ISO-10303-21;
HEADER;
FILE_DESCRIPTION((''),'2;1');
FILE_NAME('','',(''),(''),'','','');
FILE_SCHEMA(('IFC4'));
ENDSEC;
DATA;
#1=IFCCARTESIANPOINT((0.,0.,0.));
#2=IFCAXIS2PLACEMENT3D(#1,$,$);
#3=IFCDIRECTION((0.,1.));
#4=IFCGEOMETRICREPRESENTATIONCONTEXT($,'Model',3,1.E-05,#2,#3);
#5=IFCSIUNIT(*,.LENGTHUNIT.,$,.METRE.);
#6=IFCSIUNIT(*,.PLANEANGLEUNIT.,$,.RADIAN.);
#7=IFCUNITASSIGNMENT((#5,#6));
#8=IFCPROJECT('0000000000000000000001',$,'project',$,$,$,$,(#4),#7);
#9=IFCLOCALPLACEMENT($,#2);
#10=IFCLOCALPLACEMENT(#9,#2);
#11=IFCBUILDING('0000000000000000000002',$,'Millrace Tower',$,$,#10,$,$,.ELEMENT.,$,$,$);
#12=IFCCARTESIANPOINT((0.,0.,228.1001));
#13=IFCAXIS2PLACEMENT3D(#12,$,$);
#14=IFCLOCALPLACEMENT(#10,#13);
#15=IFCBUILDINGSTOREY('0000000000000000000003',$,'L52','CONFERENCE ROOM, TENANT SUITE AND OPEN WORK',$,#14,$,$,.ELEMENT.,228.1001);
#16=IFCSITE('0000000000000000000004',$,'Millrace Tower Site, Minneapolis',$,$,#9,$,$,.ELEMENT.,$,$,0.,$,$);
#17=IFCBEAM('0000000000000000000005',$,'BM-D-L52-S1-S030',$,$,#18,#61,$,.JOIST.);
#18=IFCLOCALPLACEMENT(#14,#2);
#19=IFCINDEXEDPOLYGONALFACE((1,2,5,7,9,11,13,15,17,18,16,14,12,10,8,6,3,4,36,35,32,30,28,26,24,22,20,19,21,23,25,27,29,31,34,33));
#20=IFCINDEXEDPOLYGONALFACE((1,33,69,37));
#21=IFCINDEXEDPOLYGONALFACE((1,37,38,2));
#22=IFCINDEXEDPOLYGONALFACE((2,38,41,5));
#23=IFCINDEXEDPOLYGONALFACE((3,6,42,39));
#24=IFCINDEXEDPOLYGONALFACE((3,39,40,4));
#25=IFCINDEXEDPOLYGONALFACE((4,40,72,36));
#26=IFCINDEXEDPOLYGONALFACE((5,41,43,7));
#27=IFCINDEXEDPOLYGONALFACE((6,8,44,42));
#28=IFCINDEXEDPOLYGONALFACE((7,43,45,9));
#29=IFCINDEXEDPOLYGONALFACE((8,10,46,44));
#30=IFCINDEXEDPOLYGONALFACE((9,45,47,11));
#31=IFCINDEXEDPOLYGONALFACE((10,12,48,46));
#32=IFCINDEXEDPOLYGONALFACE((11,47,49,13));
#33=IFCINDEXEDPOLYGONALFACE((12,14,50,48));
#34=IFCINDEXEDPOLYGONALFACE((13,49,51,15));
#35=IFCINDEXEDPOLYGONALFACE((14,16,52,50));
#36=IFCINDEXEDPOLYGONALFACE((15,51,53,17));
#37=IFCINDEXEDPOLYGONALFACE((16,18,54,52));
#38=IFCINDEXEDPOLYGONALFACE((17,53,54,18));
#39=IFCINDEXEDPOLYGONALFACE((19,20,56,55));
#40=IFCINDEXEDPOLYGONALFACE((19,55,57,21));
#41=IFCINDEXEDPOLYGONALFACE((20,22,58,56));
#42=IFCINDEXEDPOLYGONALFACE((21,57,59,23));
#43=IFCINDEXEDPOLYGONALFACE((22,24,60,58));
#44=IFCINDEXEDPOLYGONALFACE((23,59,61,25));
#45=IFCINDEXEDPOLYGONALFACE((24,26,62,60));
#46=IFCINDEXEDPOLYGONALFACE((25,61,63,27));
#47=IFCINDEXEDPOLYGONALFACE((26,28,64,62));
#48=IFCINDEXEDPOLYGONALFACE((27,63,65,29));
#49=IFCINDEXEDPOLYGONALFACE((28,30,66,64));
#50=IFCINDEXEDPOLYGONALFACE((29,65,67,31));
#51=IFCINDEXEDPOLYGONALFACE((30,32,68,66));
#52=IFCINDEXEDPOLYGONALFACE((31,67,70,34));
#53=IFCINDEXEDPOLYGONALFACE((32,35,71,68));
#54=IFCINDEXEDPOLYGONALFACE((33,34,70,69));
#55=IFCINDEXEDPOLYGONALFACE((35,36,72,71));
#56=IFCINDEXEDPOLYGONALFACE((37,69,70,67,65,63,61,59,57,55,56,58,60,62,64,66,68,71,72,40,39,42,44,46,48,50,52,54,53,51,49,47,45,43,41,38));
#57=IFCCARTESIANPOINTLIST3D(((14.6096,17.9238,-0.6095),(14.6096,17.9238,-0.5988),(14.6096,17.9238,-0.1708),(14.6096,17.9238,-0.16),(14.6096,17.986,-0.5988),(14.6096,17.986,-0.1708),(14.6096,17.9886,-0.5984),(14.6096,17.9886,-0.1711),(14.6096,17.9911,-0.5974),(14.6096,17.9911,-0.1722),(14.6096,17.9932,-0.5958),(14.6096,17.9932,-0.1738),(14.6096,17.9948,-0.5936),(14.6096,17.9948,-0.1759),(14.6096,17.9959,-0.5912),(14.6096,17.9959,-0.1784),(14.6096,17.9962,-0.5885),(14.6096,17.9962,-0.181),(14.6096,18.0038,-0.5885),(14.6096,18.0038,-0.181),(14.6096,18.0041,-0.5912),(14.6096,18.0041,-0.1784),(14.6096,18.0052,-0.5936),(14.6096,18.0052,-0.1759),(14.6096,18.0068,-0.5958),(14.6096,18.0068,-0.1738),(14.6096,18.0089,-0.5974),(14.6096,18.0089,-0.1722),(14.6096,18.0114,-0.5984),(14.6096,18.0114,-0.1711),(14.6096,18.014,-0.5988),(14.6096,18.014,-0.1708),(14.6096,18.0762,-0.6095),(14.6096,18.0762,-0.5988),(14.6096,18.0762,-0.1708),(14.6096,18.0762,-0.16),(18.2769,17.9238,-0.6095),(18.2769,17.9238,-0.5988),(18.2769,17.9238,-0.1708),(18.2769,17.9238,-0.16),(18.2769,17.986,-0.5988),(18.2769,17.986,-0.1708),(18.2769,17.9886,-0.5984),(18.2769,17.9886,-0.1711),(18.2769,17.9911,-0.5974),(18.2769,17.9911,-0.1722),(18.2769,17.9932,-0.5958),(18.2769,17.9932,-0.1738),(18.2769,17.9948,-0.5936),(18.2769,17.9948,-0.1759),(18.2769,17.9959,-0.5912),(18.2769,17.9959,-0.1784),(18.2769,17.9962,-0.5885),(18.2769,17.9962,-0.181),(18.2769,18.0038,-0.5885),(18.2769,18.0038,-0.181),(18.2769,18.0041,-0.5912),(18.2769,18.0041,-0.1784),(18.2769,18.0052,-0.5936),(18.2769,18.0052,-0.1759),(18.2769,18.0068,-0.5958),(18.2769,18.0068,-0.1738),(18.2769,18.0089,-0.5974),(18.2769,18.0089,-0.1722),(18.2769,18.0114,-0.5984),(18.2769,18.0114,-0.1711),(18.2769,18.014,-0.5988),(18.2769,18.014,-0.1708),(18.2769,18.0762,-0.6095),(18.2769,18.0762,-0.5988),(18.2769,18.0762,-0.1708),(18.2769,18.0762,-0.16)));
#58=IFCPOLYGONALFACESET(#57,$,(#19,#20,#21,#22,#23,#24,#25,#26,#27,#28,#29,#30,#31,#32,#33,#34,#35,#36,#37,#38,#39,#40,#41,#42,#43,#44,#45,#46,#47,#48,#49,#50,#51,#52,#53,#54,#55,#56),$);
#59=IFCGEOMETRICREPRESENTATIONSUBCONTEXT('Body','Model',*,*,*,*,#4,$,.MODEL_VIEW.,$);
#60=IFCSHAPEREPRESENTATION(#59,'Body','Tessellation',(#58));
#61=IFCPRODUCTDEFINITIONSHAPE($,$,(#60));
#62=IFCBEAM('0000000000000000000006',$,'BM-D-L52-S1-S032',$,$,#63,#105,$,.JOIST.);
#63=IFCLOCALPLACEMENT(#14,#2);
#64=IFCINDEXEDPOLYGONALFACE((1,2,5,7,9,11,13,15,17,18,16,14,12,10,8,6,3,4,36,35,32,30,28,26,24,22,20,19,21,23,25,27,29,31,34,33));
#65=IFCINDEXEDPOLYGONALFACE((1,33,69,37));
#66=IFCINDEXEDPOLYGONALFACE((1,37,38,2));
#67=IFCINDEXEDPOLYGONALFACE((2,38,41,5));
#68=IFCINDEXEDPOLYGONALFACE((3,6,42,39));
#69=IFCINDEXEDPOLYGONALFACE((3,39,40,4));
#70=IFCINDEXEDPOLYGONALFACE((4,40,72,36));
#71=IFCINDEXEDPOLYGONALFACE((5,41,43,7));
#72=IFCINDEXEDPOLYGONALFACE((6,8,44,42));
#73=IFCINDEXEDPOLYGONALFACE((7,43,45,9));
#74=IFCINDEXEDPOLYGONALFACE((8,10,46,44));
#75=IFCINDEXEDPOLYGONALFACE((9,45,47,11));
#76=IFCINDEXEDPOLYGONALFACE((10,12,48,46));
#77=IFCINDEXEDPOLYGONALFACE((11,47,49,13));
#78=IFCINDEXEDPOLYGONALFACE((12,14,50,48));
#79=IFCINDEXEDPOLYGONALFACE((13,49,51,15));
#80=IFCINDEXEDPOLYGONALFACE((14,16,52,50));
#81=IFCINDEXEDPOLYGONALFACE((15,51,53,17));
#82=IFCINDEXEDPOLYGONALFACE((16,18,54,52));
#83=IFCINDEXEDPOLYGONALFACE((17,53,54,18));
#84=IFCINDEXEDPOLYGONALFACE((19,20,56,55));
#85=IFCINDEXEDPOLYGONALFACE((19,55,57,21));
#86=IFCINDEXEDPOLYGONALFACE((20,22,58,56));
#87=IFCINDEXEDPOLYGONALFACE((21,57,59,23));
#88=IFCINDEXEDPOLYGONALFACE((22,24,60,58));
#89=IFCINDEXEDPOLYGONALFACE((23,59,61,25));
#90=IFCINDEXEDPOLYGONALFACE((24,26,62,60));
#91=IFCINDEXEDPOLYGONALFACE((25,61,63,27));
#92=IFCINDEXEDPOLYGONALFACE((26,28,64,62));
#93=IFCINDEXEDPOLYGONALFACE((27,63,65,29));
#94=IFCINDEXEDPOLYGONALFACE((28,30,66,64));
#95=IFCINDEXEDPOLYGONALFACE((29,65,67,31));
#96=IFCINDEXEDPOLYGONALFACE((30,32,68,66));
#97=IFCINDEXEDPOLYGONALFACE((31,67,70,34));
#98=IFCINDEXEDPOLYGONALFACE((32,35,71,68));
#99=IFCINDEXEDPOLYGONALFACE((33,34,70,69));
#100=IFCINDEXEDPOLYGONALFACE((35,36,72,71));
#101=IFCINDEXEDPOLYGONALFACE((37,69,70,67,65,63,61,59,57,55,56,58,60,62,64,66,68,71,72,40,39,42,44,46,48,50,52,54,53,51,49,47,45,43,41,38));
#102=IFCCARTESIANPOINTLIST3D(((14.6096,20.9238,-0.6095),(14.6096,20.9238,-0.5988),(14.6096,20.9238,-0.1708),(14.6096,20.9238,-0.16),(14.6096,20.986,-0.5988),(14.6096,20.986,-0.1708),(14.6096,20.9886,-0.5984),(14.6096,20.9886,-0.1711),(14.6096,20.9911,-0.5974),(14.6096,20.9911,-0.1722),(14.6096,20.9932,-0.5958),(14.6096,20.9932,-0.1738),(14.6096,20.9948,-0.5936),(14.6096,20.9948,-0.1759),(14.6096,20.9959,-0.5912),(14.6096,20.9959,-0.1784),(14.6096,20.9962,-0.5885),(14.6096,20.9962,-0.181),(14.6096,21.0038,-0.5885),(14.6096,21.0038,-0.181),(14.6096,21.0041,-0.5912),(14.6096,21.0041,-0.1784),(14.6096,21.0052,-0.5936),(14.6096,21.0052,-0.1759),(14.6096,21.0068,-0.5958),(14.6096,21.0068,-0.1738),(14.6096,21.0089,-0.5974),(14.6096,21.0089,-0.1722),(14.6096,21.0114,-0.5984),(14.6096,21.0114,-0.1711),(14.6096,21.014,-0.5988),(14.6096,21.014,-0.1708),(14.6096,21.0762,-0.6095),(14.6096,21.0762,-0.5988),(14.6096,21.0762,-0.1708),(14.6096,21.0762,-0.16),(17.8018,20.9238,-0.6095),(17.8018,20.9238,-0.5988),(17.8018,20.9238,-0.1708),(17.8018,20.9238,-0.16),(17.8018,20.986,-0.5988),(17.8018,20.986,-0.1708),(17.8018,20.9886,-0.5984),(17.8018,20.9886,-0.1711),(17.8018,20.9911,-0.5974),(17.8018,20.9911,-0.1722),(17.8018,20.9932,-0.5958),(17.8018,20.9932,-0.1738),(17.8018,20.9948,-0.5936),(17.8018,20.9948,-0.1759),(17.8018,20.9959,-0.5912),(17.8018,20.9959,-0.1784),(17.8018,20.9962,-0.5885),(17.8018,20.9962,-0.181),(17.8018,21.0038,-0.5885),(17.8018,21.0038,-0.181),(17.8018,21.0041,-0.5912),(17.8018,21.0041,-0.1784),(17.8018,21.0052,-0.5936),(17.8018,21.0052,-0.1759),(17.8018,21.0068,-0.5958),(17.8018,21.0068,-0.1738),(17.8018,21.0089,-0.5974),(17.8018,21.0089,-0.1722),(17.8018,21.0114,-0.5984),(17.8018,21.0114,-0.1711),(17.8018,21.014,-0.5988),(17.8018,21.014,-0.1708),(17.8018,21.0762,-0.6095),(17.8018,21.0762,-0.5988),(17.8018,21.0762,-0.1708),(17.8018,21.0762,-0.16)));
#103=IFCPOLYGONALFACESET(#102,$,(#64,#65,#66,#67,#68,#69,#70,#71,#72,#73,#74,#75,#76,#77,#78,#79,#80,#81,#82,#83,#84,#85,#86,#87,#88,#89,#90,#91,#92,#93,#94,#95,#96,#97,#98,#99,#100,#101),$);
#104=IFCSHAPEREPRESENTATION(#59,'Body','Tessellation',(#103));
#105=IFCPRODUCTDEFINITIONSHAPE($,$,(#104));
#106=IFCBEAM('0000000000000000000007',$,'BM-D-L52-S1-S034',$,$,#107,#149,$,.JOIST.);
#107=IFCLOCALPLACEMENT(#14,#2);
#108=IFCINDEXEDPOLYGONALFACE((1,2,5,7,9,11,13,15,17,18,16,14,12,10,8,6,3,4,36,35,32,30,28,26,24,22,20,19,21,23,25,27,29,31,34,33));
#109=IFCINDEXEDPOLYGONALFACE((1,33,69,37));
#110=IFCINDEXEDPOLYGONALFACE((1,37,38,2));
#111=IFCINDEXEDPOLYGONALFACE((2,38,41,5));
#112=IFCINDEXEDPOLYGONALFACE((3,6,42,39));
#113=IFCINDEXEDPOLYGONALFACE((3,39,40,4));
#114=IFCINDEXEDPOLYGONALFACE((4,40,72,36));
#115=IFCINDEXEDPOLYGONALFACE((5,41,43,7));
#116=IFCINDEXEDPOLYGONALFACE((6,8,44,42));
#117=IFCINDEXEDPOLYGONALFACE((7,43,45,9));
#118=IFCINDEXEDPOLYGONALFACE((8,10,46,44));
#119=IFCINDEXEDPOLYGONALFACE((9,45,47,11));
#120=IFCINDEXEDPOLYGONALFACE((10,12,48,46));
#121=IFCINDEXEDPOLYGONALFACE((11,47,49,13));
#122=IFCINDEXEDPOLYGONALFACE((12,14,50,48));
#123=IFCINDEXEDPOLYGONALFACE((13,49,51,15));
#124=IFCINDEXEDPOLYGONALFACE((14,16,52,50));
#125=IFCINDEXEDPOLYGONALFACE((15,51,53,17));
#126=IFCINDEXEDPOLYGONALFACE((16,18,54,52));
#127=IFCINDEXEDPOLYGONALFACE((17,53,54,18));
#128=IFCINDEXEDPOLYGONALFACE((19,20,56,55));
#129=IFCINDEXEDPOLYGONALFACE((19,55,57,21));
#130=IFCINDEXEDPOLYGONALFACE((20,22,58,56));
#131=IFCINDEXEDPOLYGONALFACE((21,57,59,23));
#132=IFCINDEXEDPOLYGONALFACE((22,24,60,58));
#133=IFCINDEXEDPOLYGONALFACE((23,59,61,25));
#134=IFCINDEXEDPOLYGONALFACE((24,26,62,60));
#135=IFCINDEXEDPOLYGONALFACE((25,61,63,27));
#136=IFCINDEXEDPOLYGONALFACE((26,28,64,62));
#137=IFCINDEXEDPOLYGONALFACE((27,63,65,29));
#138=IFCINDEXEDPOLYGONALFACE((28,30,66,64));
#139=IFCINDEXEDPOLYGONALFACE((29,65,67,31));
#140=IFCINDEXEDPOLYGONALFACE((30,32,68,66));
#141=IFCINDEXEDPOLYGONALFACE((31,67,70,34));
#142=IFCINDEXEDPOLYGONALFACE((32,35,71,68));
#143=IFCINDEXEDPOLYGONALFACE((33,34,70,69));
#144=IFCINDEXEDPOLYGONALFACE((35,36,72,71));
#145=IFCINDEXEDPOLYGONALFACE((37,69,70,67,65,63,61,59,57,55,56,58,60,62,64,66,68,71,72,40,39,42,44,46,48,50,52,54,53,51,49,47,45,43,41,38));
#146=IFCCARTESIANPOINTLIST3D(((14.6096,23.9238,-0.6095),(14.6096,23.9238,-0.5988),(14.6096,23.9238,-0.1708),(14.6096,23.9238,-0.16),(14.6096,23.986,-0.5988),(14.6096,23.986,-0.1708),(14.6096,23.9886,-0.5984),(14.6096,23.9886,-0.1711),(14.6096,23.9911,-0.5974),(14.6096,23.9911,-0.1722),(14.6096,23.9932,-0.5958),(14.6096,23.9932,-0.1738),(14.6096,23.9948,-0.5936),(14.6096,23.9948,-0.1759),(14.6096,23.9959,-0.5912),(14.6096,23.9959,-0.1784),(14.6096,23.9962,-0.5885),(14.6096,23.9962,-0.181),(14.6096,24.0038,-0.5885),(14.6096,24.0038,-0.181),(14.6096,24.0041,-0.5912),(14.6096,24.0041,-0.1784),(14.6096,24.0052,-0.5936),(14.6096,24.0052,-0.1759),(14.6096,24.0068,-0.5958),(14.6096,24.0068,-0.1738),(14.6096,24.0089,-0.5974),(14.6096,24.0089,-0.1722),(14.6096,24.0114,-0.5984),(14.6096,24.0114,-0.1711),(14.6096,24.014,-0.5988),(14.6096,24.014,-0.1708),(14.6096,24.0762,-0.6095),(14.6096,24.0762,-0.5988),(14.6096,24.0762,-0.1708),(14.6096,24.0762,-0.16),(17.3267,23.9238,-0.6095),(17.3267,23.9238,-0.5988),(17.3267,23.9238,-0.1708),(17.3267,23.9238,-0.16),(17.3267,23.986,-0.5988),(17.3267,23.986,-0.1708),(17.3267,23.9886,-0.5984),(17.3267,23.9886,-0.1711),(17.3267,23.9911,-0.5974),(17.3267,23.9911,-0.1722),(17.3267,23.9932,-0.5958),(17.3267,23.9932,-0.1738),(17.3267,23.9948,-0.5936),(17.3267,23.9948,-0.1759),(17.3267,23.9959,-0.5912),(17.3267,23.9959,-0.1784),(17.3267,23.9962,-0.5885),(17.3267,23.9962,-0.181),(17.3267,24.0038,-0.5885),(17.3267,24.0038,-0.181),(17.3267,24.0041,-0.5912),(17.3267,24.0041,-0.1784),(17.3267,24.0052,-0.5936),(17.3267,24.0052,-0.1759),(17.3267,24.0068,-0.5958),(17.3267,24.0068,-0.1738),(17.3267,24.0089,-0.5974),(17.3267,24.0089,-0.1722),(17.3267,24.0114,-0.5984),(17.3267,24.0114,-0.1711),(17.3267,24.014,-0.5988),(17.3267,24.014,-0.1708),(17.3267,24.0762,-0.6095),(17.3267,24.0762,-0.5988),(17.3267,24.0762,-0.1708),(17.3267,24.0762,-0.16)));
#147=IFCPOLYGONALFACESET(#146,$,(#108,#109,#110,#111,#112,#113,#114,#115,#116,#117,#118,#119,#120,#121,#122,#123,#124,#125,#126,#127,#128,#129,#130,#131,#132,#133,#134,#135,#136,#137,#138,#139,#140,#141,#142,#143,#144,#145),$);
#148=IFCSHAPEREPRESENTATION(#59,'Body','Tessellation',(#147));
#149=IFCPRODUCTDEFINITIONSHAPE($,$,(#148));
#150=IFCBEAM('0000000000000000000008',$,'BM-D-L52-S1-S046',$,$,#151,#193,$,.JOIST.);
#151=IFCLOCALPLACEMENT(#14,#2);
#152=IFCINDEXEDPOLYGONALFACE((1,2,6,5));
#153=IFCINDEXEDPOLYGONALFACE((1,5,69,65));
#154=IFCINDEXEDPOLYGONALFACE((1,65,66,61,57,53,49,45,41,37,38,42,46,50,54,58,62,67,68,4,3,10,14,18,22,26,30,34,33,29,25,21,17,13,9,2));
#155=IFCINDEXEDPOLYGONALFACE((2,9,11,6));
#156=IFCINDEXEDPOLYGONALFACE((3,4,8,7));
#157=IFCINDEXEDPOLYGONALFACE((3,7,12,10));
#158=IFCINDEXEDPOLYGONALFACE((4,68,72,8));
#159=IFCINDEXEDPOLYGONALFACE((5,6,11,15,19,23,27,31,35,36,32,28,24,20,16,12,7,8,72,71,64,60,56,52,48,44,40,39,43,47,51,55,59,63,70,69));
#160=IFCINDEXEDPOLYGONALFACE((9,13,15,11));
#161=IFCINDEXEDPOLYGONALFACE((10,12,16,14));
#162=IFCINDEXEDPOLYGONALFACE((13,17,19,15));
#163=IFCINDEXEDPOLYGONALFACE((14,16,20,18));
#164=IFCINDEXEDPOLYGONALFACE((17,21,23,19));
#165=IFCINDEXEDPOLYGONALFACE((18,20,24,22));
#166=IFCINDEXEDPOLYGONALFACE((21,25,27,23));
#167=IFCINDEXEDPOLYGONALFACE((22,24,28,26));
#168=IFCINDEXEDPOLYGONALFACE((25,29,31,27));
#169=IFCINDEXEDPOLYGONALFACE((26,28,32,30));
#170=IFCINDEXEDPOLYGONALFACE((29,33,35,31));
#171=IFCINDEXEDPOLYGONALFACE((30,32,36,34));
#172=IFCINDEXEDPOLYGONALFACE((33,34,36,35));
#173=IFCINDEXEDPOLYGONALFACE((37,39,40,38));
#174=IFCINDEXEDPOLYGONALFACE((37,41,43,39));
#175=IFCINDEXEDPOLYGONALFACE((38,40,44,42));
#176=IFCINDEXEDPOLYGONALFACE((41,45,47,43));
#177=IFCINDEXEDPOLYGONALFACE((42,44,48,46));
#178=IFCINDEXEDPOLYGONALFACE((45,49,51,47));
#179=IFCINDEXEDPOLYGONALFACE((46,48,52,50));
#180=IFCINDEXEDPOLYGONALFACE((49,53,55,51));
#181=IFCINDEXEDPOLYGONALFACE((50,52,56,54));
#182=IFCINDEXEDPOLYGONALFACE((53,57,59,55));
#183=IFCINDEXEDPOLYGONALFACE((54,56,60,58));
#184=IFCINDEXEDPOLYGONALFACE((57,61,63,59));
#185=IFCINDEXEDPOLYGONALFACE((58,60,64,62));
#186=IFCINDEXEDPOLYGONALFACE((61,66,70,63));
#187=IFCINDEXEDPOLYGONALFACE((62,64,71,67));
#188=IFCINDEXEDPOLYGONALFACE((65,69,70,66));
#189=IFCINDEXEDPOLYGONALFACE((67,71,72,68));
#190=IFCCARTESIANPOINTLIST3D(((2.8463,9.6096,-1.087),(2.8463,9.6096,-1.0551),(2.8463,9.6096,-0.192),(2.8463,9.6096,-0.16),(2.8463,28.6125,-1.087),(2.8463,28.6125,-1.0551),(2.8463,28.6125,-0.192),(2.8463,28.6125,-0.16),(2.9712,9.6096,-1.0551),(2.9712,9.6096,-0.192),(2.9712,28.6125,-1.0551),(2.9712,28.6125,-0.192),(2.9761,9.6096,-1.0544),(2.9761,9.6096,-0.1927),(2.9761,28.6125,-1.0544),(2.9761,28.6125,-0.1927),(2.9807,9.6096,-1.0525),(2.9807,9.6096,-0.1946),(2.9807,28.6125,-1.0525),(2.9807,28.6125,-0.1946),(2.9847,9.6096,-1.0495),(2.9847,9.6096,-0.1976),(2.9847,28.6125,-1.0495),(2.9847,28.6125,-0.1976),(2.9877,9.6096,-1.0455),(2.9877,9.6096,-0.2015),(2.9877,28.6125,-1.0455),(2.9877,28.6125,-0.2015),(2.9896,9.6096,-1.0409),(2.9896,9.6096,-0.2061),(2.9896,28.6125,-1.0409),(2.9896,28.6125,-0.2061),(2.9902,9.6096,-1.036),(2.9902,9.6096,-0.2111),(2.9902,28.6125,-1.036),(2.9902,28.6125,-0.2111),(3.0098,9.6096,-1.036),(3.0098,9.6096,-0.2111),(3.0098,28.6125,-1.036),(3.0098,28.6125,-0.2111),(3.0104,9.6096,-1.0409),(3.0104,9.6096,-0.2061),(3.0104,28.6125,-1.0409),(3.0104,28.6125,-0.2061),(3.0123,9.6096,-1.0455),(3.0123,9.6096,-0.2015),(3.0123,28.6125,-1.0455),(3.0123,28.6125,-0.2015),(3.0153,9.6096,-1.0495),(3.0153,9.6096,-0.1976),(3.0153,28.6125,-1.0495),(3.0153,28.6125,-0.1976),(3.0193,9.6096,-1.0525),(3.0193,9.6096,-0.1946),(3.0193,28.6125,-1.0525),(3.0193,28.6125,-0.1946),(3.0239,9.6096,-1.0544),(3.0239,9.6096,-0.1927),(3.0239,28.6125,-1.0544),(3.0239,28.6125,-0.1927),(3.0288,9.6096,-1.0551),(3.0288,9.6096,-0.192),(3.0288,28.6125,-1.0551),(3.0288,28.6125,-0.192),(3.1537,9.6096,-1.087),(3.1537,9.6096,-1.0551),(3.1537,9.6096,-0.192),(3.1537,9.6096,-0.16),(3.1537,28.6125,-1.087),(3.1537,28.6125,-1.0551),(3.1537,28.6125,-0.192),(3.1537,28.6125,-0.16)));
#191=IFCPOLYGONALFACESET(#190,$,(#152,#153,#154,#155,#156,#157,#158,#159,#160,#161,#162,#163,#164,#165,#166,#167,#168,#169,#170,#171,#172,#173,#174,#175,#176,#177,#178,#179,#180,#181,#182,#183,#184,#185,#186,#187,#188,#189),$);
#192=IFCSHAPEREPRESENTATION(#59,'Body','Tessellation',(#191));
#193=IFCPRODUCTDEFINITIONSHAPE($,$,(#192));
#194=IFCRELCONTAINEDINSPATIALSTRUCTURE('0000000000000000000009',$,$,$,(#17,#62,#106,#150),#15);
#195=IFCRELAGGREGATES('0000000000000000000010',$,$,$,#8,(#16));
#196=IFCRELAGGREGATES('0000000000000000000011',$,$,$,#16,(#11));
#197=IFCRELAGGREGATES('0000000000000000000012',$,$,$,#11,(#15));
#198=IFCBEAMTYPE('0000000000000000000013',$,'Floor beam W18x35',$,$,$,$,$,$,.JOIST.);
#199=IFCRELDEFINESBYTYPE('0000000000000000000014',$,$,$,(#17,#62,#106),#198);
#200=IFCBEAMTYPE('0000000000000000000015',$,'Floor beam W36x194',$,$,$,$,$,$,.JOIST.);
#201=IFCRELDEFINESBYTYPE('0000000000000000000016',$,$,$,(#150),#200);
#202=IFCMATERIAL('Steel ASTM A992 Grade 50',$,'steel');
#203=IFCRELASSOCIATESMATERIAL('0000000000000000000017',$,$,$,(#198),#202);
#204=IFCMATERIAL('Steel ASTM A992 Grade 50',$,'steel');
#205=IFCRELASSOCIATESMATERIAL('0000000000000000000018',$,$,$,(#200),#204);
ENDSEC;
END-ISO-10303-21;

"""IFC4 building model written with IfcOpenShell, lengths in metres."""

from ifc_helpers import new_model, si_unit, direction, frame, origin, origin_2d, place, context, subcontext, project, spatial, i_section, extrude, material, material_profile, profile_set, type_object, element, save


model = new_model("IFC4")

# Units and contexts
model_context = context("Model", 3, precision=1e-05, world=origin(), true_north=direction((0.0, 1.0)))
body_context = subcontext(model_context, "Body", "Model", "MODEL_VIEW")
ifc_project = project(units=[si_unit("LENGTHUNIT", "METRE"), si_unit("PLANEANGLEUNIT", "RADIAN")], contexts=[model_context])

# Site, building, storey
site_placement = place(None, origin())
site = spatial("IfcSite", under=ifc_project, at=site_placement, Name="Millrace Tower Site, Minneapolis", CompositionType="ELEMENT", RefElevation=0.0)
building_placement = place(site_placement, origin())
building = spatial("IfcBuilding", under=site, at=building_placement, Name="Millrace Tower", CompositionType="ELEMENT")
storey_placement = place(building_placement, frame((0.0, 0.0, 228.1001)))
storey = spatial("IfcBuildingStorey", under=building, at=storey_placement, Name="L52", Description="CONFERENCE ROOM, TENANT SUITE AND OPEN WORK", CompositionType="ELEMENT", Elevation=228.1001)

# Beams
ifc_material_1 = material(Name="Steel ASTM A992 Grade 50", Category="steel")
ifc_material_profile_1 = material_profile(ifc_material_1, i_section(OverallWidth=0.1523, OverallDepth=0.4495, WebThickness=0.0076, FlangeThickness=0.0107, FilletRadius=0.0103, at=origin_2d()))
ifc_profile_set_1 = profile_set([ifc_material_profile_1], Name="Steel ASTM A992 Grade 50")
beam_type_1 = type_object("IfcBeamType", Name="Floor beam W18x35", PredefinedType="JOIST", material=ifc_profile_set_1)
beam_1_placement = place(storey_placement, frame((14.6096, 18.0, -0.3848), z_axis=(1.0, 0.0, 0.0), x_axis=(0.0, 1.0, 0.0)))
element("IfcBeam", 1, at=beam_1_placement, inside=storey, type_object=beam_type_1, Name="BM-D-L52-S1-S030", PredefinedType="JOIST", context=body_context, shape_type="SweptSolid", body=[
    extrude(i_section(OverallWidth=0.1523, OverallDepth=0.4495, WebThickness=0.0076, FlangeThickness=0.0107, FilletRadius=0.0103, at=origin_2d()), origin(), (0.0, 0.0, 1.0), 3.6672),
])
beam_2_placement = place(storey_placement, frame((14.6096, 21.0, -0.3848), z_axis=(1.0, 0.0, 0.0), x_axis=(0.0, 1.0, 0.0)))
element("IfcBeam", 2, at=beam_2_placement, inside=storey, type_object=beam_type_1, Name="BM-D-L52-S1-S032", PredefinedType="JOIST", context=body_context, shape_type="SweptSolid", body=[
    extrude(i_section(OverallWidth=0.1523, OverallDepth=0.4495, WebThickness=0.0076, FlangeThickness=0.0107, FilletRadius=0.0103, at=origin_2d()), origin(), (0.0, 0.0, 1.0), 3.1921),
])
beam_3_placement = place(storey_placement, frame((14.6096, 24.0, -0.3848), z_axis=(1.0, 0.0, 0.0), x_axis=(0.0, 1.0, 0.0)))
element("IfcBeam", 3, at=beam_3_placement, inside=storey, type_object=beam_type_1, Name="BM-D-L52-S1-S034", PredefinedType="JOIST", context=body_context, shape_type="SweptSolid", body=[
    extrude(i_section(OverallWidth=0.1523, OverallDepth=0.4495, WebThickness=0.0076, FlangeThickness=0.0107, FilletRadius=0.0103, at=origin_2d()), origin(), (0.0, 0.0, 1.0), 2.717),
])
ifc_material_2 = material(Name="Steel ASTM A992 Grade 50", Category="steel")
ifc_material_profile_2 = material_profile(ifc_material_2, i_section(OverallWidth=0.3074, OverallDepth=0.927, WebThickness=0.0195, FlangeThickness=0.032, FilletRadius=0.019, at=origin_2d()))
ifc_profile_set_2 = profile_set([ifc_material_profile_2], Name="Steel ASTM A992 Grade 50")
beam_type_2 = type_object("IfcBeamType", Name="Floor beam W36x194", PredefinedType="JOIST", material=ifc_profile_set_2)
beam_4_placement = place(storey_placement, frame((3.0, 9.6096, -0.6235), z_axis=(0.0, 1.0, 0.0), x_axis=(-1.0, 0.0, 0.0)))
element("IfcBeam", 4, at=beam_4_placement, inside=storey, type_object=beam_type_2, Name="BM-D-L52-S1-S046", PredefinedType="JOIST", context=body_context, shape_type="SweptSolid", body=[
    extrude(i_section(OverallWidth=0.3074, OverallDepth=0.927, WebThickness=0.0195, FlangeThickness=0.032, FilletRadius=0.019, at=origin_2d()), origin(), (0.0, 0.0, 1.0), 19.0029),
])

save(model, "model.ifc")
